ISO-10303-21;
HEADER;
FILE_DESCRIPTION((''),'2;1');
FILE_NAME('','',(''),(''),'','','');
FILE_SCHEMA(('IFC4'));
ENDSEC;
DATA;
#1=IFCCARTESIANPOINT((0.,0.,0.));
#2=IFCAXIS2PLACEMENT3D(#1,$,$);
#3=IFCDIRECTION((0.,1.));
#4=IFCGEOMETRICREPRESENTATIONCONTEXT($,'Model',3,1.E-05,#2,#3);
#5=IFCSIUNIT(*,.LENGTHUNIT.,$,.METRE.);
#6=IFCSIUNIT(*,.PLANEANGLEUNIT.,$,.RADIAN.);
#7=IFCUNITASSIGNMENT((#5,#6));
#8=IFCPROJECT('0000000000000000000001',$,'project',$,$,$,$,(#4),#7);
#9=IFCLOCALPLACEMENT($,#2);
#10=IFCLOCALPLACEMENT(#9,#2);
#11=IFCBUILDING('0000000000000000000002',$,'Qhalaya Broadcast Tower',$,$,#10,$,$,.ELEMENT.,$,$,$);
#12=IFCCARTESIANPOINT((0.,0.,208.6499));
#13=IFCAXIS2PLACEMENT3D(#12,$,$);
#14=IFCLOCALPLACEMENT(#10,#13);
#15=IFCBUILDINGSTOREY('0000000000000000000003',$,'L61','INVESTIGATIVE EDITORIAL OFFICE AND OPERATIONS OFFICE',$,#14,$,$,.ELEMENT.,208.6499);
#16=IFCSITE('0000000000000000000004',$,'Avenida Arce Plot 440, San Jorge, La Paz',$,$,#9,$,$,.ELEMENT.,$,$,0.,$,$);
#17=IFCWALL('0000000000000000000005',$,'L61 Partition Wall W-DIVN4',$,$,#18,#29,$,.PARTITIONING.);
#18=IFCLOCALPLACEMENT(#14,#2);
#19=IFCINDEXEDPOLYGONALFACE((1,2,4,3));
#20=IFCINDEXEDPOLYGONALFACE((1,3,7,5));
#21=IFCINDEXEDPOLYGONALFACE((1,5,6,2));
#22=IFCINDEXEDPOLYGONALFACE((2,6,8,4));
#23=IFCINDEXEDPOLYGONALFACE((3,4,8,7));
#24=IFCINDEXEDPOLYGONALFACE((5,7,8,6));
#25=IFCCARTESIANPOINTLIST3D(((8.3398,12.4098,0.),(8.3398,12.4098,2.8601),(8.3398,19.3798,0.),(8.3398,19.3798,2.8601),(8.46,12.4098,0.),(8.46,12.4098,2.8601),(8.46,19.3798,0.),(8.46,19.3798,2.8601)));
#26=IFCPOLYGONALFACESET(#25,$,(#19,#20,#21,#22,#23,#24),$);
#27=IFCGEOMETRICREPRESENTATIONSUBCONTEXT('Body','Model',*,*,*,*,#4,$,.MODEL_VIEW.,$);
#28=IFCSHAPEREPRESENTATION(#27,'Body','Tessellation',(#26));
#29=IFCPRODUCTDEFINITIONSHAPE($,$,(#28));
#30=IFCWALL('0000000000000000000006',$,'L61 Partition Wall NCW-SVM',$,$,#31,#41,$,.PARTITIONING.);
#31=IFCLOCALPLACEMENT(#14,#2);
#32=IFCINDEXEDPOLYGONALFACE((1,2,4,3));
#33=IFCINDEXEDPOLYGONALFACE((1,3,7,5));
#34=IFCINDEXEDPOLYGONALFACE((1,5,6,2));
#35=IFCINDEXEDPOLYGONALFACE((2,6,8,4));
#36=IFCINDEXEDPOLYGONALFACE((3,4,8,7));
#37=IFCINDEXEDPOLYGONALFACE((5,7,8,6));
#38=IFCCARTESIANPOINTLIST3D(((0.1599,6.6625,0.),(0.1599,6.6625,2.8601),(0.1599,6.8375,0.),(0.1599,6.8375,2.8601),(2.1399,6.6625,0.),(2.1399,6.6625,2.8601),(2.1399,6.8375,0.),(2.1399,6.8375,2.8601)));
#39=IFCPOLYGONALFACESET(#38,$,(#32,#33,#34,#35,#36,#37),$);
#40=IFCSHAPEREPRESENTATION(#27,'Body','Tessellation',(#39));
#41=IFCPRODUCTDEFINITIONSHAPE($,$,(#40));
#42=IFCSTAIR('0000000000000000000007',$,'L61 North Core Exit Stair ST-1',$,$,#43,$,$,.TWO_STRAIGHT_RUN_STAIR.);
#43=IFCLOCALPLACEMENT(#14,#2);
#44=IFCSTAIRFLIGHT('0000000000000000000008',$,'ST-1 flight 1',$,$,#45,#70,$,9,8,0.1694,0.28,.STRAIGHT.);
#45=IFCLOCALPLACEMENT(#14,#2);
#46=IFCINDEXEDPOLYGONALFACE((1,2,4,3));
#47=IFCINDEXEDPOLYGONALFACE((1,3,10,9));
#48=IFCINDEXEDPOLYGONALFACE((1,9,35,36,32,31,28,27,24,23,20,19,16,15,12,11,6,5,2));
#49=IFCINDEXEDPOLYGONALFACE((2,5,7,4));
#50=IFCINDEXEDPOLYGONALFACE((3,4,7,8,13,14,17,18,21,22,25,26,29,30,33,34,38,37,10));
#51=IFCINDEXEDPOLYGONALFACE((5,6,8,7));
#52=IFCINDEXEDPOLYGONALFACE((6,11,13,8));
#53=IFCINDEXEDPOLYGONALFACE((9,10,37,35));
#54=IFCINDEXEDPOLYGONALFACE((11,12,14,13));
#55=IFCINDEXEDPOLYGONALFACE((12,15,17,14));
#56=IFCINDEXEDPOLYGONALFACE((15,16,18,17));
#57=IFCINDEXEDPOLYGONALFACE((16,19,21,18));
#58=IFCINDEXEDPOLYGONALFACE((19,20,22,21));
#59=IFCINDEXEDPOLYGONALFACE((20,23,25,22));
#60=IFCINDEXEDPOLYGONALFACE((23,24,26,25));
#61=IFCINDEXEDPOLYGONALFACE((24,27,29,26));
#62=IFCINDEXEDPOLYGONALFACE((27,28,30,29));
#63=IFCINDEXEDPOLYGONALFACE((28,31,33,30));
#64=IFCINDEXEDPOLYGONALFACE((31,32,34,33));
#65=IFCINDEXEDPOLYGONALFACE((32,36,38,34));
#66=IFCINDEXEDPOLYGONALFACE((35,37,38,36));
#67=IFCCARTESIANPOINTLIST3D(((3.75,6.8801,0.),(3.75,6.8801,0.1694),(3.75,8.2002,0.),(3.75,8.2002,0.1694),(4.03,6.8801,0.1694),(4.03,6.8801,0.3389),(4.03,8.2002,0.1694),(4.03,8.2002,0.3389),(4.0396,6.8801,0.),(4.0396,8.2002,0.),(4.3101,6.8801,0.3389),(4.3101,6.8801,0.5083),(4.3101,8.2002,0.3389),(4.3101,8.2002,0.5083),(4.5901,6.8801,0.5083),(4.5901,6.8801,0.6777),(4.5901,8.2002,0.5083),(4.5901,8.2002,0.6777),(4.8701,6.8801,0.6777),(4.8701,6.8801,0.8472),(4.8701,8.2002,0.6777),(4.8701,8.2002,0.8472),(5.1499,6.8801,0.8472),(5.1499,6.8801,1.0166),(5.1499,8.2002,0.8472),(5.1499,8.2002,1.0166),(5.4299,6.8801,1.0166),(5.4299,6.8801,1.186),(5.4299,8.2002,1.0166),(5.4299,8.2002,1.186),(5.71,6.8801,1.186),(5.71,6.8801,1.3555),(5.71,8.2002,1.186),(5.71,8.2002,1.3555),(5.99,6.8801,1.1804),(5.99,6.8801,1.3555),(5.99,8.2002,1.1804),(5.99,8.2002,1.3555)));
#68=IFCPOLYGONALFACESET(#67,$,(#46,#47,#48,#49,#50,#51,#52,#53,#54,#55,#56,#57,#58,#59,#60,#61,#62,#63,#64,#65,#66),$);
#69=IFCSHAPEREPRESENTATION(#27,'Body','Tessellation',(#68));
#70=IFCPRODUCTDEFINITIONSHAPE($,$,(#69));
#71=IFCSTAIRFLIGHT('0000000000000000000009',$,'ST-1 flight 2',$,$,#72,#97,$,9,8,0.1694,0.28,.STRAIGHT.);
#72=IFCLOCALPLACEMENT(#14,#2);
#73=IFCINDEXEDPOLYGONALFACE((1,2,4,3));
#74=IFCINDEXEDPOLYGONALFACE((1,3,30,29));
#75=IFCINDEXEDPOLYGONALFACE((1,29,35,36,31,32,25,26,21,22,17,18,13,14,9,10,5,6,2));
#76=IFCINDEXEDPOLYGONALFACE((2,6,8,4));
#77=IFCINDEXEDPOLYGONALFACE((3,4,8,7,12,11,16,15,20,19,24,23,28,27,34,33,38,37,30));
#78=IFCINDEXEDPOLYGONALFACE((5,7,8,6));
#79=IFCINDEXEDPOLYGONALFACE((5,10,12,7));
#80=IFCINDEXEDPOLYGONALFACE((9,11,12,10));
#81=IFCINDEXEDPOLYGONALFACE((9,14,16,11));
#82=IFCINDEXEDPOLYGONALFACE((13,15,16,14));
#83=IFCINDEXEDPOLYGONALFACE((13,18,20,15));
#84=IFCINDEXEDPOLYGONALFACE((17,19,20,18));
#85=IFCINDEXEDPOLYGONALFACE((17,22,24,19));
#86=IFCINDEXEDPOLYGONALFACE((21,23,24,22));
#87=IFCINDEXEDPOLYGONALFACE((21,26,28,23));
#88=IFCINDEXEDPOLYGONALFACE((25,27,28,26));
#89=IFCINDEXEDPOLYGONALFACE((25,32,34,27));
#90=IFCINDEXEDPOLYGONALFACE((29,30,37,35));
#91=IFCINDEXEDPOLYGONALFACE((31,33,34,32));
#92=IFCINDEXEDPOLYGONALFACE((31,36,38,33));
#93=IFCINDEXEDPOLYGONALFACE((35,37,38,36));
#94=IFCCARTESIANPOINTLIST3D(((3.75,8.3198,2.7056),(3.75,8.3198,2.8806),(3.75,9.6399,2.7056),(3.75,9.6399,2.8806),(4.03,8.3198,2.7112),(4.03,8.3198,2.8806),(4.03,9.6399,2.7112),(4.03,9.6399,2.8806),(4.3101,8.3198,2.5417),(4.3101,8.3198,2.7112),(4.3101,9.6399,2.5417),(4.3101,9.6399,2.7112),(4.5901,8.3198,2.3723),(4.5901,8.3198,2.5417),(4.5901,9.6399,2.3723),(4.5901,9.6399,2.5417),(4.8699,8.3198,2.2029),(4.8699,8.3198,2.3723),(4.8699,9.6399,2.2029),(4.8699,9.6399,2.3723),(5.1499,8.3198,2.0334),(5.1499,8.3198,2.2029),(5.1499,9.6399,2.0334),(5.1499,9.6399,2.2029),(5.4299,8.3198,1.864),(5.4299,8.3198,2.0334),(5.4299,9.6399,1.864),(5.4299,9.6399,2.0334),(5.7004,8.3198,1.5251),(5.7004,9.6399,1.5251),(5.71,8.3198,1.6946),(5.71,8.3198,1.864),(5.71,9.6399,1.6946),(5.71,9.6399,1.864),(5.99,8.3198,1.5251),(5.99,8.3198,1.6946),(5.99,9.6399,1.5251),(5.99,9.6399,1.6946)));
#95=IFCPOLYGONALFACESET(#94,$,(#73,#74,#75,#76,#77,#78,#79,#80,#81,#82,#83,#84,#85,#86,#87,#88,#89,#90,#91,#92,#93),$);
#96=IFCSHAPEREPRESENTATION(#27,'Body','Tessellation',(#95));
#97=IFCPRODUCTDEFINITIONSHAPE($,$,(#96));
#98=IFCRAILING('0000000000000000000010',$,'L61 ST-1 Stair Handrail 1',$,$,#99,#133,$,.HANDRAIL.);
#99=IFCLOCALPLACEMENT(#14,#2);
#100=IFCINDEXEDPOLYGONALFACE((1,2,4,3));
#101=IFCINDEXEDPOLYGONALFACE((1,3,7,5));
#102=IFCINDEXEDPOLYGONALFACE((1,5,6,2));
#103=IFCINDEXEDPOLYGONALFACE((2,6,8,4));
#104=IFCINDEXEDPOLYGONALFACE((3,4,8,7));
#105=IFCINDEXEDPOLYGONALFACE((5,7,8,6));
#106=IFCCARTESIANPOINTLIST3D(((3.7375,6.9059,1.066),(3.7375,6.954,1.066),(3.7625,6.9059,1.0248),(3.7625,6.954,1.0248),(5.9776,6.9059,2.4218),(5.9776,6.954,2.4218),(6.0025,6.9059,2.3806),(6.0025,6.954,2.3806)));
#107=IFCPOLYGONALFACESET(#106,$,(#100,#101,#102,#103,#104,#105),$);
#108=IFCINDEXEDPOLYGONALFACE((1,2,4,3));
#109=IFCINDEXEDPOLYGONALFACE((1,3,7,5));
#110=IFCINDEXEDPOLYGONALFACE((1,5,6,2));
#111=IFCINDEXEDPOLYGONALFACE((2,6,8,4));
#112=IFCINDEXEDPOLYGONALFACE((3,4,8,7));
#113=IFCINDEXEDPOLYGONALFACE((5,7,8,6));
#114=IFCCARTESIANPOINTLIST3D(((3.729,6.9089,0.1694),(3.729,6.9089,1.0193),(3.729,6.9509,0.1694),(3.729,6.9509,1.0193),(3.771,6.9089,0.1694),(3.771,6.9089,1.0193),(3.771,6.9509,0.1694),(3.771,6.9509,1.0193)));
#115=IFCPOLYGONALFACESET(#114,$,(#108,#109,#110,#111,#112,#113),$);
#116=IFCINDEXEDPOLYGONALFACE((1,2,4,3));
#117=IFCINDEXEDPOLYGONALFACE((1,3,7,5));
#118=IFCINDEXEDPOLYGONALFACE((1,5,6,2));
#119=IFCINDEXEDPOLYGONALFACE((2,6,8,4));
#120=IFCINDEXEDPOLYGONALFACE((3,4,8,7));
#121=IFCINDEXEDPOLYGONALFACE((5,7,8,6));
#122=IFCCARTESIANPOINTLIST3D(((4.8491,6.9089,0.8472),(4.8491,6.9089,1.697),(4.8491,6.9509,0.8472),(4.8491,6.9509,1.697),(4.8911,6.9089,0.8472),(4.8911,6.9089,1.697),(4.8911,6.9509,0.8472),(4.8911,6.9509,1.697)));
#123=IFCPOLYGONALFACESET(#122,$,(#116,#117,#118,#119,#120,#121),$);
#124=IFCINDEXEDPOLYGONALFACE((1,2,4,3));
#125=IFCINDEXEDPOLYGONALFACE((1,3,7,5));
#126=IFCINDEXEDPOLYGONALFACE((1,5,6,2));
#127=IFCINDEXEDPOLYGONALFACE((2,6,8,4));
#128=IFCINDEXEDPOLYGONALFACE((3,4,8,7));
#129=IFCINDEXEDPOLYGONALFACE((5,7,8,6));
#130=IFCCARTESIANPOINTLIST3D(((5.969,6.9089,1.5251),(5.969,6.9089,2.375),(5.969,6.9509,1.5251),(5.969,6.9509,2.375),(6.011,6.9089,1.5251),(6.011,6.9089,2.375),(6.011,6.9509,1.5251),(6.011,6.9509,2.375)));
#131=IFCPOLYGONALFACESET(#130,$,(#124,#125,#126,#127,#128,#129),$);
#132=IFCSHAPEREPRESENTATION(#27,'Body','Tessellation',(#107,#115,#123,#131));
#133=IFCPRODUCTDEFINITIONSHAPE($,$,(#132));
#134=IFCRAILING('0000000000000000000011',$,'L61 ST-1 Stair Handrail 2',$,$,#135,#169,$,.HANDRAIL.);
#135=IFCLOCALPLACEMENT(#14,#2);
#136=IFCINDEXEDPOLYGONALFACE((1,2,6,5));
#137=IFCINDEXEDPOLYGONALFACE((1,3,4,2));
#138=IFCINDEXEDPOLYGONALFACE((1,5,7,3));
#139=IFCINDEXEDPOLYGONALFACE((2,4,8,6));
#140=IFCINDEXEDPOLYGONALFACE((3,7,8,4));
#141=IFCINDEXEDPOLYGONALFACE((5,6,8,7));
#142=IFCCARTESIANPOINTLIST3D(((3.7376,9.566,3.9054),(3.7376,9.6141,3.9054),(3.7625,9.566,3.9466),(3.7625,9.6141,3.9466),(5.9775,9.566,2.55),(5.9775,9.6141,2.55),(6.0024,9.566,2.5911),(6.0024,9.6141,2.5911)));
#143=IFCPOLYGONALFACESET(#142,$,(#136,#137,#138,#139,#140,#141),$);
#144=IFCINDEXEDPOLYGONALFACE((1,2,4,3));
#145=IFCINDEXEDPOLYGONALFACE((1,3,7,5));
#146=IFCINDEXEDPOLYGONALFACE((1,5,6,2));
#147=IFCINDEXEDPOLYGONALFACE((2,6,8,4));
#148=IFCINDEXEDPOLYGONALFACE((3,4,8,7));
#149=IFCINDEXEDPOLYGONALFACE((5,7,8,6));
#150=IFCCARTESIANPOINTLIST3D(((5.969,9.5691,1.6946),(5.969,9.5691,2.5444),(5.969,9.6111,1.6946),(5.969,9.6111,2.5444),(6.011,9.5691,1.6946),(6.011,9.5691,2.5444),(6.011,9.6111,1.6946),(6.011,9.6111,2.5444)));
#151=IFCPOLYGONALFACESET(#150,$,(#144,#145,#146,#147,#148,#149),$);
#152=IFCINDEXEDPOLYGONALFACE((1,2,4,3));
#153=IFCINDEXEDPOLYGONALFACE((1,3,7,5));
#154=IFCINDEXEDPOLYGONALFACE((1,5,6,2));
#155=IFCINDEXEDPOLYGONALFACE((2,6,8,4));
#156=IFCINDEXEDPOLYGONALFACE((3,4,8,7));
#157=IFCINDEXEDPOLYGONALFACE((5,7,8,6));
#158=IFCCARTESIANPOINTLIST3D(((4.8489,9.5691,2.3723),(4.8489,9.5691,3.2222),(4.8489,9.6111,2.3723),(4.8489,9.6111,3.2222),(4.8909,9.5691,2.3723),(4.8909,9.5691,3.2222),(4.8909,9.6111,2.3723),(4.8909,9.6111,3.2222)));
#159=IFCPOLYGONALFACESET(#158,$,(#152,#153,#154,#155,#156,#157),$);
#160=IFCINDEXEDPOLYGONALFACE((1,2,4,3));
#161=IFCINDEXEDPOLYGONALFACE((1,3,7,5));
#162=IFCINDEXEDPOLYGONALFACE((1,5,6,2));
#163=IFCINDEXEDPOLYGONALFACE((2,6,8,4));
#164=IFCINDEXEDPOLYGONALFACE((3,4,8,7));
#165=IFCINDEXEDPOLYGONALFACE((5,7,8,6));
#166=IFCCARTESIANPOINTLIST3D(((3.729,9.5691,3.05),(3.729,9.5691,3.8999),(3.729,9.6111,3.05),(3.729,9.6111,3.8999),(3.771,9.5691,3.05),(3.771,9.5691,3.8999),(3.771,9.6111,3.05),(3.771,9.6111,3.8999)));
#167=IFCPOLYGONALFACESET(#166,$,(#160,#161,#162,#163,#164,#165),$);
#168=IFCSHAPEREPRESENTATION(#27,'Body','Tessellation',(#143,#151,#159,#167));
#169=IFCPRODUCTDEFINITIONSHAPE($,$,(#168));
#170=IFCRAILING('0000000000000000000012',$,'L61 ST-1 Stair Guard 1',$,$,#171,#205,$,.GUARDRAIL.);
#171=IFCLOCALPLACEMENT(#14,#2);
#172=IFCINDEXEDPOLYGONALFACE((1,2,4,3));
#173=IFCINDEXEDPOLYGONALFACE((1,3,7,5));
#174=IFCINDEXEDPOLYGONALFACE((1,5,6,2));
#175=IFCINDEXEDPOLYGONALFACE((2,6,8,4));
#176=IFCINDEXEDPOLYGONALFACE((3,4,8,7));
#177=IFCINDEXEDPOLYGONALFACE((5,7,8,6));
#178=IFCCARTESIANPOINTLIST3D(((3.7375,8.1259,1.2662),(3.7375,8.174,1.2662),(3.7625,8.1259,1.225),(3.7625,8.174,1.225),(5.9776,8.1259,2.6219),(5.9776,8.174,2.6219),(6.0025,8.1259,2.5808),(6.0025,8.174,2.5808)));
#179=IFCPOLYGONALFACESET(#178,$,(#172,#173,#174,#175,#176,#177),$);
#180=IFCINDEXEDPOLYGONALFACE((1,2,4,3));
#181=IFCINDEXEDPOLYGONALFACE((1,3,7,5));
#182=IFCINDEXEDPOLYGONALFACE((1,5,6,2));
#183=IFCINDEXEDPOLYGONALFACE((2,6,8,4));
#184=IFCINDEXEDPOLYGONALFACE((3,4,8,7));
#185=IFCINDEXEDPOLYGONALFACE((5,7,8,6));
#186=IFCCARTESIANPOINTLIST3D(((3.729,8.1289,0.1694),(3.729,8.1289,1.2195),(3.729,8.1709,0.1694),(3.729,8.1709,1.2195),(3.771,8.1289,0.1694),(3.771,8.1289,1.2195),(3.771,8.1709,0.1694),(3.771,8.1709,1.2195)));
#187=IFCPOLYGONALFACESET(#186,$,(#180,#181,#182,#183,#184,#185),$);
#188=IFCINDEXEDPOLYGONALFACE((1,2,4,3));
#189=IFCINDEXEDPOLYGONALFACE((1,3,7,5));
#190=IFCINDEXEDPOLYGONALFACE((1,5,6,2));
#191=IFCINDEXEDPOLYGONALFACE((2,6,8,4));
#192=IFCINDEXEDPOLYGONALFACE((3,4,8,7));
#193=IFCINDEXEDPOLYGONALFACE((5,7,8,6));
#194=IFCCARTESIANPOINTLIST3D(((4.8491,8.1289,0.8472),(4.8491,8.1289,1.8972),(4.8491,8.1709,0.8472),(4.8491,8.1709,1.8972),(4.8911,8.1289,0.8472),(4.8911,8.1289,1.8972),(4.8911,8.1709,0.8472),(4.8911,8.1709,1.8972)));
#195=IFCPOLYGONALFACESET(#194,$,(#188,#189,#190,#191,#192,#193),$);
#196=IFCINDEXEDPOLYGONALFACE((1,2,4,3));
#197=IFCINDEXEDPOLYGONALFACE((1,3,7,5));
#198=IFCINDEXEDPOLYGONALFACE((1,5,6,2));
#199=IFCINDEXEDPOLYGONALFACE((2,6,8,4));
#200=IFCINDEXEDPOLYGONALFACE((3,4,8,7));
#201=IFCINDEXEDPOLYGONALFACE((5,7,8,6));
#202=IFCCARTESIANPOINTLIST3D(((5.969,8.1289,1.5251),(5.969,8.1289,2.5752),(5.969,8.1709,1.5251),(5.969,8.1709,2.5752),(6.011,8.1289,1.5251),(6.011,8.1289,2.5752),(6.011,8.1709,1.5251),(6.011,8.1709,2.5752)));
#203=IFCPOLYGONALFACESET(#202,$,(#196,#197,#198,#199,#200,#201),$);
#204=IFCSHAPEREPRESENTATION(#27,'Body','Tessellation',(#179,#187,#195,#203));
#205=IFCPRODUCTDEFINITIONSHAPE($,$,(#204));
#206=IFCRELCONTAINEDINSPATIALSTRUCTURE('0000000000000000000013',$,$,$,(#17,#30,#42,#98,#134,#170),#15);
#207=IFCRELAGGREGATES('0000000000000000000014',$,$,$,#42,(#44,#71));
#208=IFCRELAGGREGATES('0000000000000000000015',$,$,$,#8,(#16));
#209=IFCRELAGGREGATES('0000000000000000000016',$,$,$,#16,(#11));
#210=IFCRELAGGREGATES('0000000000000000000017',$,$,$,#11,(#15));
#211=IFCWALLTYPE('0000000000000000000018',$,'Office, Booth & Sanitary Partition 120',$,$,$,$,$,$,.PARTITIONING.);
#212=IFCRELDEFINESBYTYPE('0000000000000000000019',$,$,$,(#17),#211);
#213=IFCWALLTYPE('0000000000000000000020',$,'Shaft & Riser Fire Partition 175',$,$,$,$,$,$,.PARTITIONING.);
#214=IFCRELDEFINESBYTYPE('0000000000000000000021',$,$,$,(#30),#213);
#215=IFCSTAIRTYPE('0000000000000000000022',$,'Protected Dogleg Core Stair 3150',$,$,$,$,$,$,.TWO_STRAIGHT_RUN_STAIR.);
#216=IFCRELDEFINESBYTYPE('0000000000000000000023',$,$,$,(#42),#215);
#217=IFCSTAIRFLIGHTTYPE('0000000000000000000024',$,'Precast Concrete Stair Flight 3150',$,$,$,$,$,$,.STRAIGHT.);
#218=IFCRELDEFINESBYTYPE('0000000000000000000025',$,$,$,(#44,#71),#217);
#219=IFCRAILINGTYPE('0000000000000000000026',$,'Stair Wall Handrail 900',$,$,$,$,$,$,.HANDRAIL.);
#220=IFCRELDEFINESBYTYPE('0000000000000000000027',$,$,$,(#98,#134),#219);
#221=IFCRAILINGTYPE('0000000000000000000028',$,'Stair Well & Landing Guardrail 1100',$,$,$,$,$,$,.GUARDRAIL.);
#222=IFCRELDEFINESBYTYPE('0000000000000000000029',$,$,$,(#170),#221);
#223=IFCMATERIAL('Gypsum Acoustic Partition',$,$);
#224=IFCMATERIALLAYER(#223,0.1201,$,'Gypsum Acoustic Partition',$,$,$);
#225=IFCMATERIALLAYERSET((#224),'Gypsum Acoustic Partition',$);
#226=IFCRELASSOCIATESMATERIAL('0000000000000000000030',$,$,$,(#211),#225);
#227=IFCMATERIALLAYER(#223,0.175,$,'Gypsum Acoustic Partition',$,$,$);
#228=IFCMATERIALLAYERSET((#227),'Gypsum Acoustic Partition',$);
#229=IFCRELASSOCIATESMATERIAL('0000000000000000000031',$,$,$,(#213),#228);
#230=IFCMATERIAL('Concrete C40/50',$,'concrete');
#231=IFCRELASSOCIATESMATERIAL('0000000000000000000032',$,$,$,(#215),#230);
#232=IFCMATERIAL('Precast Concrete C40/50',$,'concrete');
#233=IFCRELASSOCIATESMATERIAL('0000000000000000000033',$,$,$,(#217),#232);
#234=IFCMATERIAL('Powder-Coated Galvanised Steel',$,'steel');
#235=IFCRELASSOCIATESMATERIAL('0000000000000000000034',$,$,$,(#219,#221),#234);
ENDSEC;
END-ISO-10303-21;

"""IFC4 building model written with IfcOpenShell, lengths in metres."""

from ifc_helpers import new_model, si_unit, direction, frame, frame_2d, origin, origin_2d, place, context, subcontext, project, spatial, polyline, rectangle, outline, extrude, material, layer, layer_set, type_object, element, aggregate, save


model = new_model("IFC4")

# Units and contexts
model_context = context("Model", 3, precision=1e-05, world=origin(), true_north=direction((0.0, 1.0)))
body_context = subcontext(model_context, "Body", "Model", "MODEL_VIEW")
ifc_project = project(units=[si_unit("LENGTHUNIT", "METRE"), si_unit("PLANEANGLEUNIT", "RADIAN")], contexts=[model_context])

# Site, building, storey
site_placement = place(None, origin())
site = spatial("IfcSite", under=ifc_project, at=site_placement, Name="Avenida Arce Plot 440, San Jorge, La Paz", CompositionType="ELEMENT", RefElevation=0.0)
building_placement = place(site_placement, origin())
building = spatial("IfcBuilding", under=site, at=building_placement, Name="Qhalaya Broadcast Tower", CompositionType="ELEMENT")
storey_placement = place(building_placement, frame((0.0, 0.0, 208.6499)))
storey = spatial("IfcBuildingStorey", under=building, at=storey_placement, Name="L61", Description="INVESTIGATIVE EDITORIAL OFFICE AND OPERATIONS OFFICE", CompositionType="ELEMENT", Elevation=208.6499)

# Shared definitions
ifc_material_1 = material(Name="Gypsum Acoustic Partition")

# Shared definitions
ifc_material_2 = material(Name="Precast Concrete C40/50", Category="concrete")

# Wall
ifc_layer_1 = layer(ifc_material_1, 0.1201, Name="Gypsum Acoustic Partition")
ifc_layer_set_1 = layer_set([ifc_layer_1], Name="Gypsum Acoustic Partition")
wall_type_1 = type_object("IfcWallType", Name="Office, Booth & Sanitary Partition 120", PredefinedType="PARTITIONING", material=ifc_layer_set_1)
wall_1_placement = place(storey_placement, frame((8.3999, 12.4099, 0.0), z_axis=(0.0, 0.0, 1.0), x_axis=(0.0, 1.0, 0.0)))
element("IfcWall", 1, at=wall_1_placement, inside=storey, type_object=wall_type_1, Name="L61 Partition Wall W-DIVN4", PredefinedType="PARTITIONING", context=body_context, shape_type="SweptSolid", body=[
    extrude(rectangle(XDim=6.97, YDim=0.1201, at=frame_2d((3.4849, 0.0))), origin(), (0.0, 0.0, 1.0), 2.8601),
])

# Shared definitions
ifc_layer_2 = layer(ifc_material_1, 0.175, Name="Gypsum Acoustic Partition")
ifc_layer_set_2 = layer_set([ifc_layer_2], Name="Gypsum Acoustic Partition")
wall_type_2 = type_object("IfcWallType", Name="Shaft & Riser Fire Partition 175", PredefinedType="PARTITIONING", material=ifc_layer_set_2)

# Wall
wall_2_placement = place(storey_placement, frame((0.1599, 6.75, 0.0), z_axis=(0.0, 0.0, 1.0), x_axis=(1.0, 0.0, 0.0)))
element("IfcWall", 2, at=wall_2_placement, inside=storey, type_object=wall_type_2, Name="L61 Partition Wall NCW-SVM", PredefinedType="PARTITIONING", context=body_context, shape_type="SweptSolid", body=[
    extrude(rectangle(XDim=1.98, YDim=0.175, at=frame_2d((0.99, 0.0))), origin(), (0.0, 0.0, 1.0), 2.8601),
])

# Stair, stair flights
ifc_material_3 = material(Name="Concrete C40/50", Category="concrete")
stair_type = type_object("IfcStairType", Name="Protected Dogleg Core Stair 3150", PredefinedType="TWO_STRAIGHT_RUN_STAIR", material=ifc_material_3)
stair_placement = place(storey_placement, origin())
stair = element("IfcStair", 3, at=stair_placement, inside=storey, type_object=stair_type, Name="L61 North Core Exit Stair ST-1", PredefinedType="TWO_STRAIGHT_RUN_STAIR")
stair_flight_type = type_object("IfcStairFlightType", Name="Precast Concrete Stair Flight 3150", PredefinedType="STRAIGHT", material=ifc_material_2)
stair_flight_1_placement = place(storey_placement, frame((3.75, 7.54, 0.0), z_axis=(0.0, 0.0, 1.0), x_axis=(1.0, 0.0, 0.0)))
stair_flight_1 = element("IfcStairFlight", 4, at=stair_flight_1_placement, type_object=stair_flight_type, Name="ST-1 flight 1", NumberOfRisers=9, NumberOfTreads=8, PredefinedType="STRAIGHT", RiserHeight=0.1694, TreadLength=0.28, context=body_context, shape_type="SweptSolid", body=[
    extrude(outline(polyline([(0.0, 0.0), (0.0, 0.1694), (0.28, 0.1694), (0.28, 0.3389), (0.5601, 0.3389), (0.5601, 0.5083), (0.8401, 0.5083), (0.8401, 0.6777), (1.1201, 0.6777), (1.1201, 0.8472), (1.3999, 0.8472), (1.3999, 1.0166), (1.6799, 1.0166), (1.6799, 1.186), (1.96, 1.186), (1.96, 1.3555), (2.24, 1.3555), (2.24, 1.5249), (2.24, 1.1804), (0.2896, 0.0), (0.0, 0.0)])), frame((0.0, 0.6602, 0.0), z_axis=(0.0, -1.0, 0.0), x_axis=(1.0, 0.0, 0.0)), (0.0, 0.0, 1.0), 1.3201),
])
stair_flight_2_placement = place(storey_placement, frame((5.99, 8.98, 1.5251), z_axis=(0.0, 0.0, 1.0), x_axis=(-1.0, 0.0, 0.0)))
stair_flight_2 = element("IfcStairFlight", 5, at=stair_flight_2_placement, type_object=stair_flight_type, Name="ST-1 flight 2", NumberOfRisers=9, NumberOfTreads=8, PredefinedType="STRAIGHT", RiserHeight=0.1694, TreadLength=0.28, context=body_context, shape_type="SweptSolid", body=[
    extrude(outline(polyline([(0.0, 0.0), (0.0, 0.1694), (0.28, 0.1694), (0.28, 0.3389), (0.5601, 0.3389), (0.5601, 0.5083), (0.8401, 0.5083), (0.8401, 0.6777), (1.1201, 0.6777), (1.1201, 0.8472), (1.3999, 0.8472), (1.3999, 1.0166), (1.6799, 1.0166), (1.6799, 1.186), (1.96, 1.186), (1.96, 1.3555), (2.24, 1.3555), (2.24, 1.5249), (2.24, 1.1804), (0.2896, 0.0), (0.0, 0.0)])), frame((0.0, 0.6602, 0.0), z_axis=(0.0, -1.0, 0.0), x_axis=(1.0, 0.0, 0.0)), (0.0, 0.0, 1.0), 1.3201),
])
aggregate(stair, [stair_flight_1, stair_flight_2])

# Railings
ifc_material_4 = material(Name="Powder-Coated Galvanised Steel", Category="steel")
railing_type_1 = type_object("IfcRailingType", Name="Stair Wall Handrail 900", PredefinedType="HANDRAIL", material=ifc_material_4)
railing_1_placement = place(storey_placement, frame((3.75, 6.9299, 0.1694)))
element("IfcRailing", 6, at=railing_1_placement, inside=storey, type_object=railing_type_1, Name="L61 ST-1 Stair Handrail 1", PredefinedType="HANDRAIL", context=body_context, shape_type="SweptSolid", body=[
    extrude(rectangle(XDim=0.0481, YDim=0.0481, at=origin_2d()), frame((0.0, 0.0, 0.876), z_axis=(0.855512, 0.0, 0.517783), x_axis=(0.0, 1.0, 0.0)), (0.0, 0.0, 1.0), 2.6184),
    extrude(rectangle(XDim=0.042, YDim=0.042, at=origin_2d()), origin(), (0.0, 0.0, 1.0), 0.8499),
    extrude(rectangle(XDim=0.042, YDim=0.042, at=origin_2d()), frame((1.1201, 0.0, 0.6777)), (0.0, 0.0, 1.0), 0.8499),
    extrude(rectangle(XDim=0.042, YDim=0.042, at=origin_2d()), frame((2.24, 0.0, 1.3557)), (0.0, 0.0, 1.0), 0.8499),
])
railing_2_placement = place(storey_placement, frame((5.99, 9.5901, 1.6946)))
element("IfcRailing", 7, at=railing_2_placement, inside=storey, type_object=railing_type_1, Name="L61 ST-1 Stair Handrail 2", PredefinedType="HANDRAIL", context=body_context, shape_type="SweptSolid", body=[
    extrude(rectangle(XDim=0.0481, YDim=0.0481, at=origin_2d()), frame((0.0, 0.0, 0.876), z_axis=(-0.855553, 0.0, 0.517715), x_axis=(0.0, -1.0, 0.0)), (0.0, 0.0, 1.0), 2.6182),
    extrude(rectangle(XDim=0.042, YDim=0.042, at=origin_2d()), origin(), (0.0, 0.0, 1.0), 0.8499),
    extrude(rectangle(XDim=0.042, YDim=0.042, at=origin_2d()), frame((-1.1201, 0.0, 0.6777)), (0.0, 0.0, 1.0), 0.8499),
    extrude(rectangle(XDim=0.042, YDim=0.042, at=origin_2d()), frame((-2.24, 0.0, 1.3555)), (0.0, 0.0, 1.0), 0.8499),
])
railing_type_2 = type_object("IfcRailingType", Name="Stair Well & Landing Guardrail 1100", PredefinedType="GUARDRAIL", material=ifc_material_4)
railing_3_placement = place(storey_placement, frame((3.75, 8.1499, 0.1694)))
element("IfcRailing", 8, at=railing_3_placement, inside=storey, type_object=railing_type_2, Name="L61 ST-1 Stair Guard 1", PredefinedType="GUARDRAIL", context=body_context, shape_type="SweptSolid", body=[
    extrude(rectangle(XDim=0.0481, YDim=0.0481, at=origin_2d()), frame((0.0, 0.0, 1.0762), z_axis=(0.855512, 0.0, 0.517783), x_axis=(0.0, 1.0, 0.0)), (0.0, 0.0, 1.0), 2.6184),
    extrude(rectangle(XDim=0.042, YDim=0.042, at=origin_2d()), origin(), (0.0, 0.0, 1.0), 1.05),
    extrude(rectangle(XDim=0.042, YDim=0.042, at=origin_2d()), frame((1.1201, 0.0, 0.6777)), (0.0, 0.0, 1.0), 1.05),
    extrude(rectangle(XDim=0.042, YDim=0.042, at=origin_2d()), frame((2.24, 0.0, 1.3557)), (0.0, 0.0, 1.0), 1.05),
])

save(model, "model.ifc")
